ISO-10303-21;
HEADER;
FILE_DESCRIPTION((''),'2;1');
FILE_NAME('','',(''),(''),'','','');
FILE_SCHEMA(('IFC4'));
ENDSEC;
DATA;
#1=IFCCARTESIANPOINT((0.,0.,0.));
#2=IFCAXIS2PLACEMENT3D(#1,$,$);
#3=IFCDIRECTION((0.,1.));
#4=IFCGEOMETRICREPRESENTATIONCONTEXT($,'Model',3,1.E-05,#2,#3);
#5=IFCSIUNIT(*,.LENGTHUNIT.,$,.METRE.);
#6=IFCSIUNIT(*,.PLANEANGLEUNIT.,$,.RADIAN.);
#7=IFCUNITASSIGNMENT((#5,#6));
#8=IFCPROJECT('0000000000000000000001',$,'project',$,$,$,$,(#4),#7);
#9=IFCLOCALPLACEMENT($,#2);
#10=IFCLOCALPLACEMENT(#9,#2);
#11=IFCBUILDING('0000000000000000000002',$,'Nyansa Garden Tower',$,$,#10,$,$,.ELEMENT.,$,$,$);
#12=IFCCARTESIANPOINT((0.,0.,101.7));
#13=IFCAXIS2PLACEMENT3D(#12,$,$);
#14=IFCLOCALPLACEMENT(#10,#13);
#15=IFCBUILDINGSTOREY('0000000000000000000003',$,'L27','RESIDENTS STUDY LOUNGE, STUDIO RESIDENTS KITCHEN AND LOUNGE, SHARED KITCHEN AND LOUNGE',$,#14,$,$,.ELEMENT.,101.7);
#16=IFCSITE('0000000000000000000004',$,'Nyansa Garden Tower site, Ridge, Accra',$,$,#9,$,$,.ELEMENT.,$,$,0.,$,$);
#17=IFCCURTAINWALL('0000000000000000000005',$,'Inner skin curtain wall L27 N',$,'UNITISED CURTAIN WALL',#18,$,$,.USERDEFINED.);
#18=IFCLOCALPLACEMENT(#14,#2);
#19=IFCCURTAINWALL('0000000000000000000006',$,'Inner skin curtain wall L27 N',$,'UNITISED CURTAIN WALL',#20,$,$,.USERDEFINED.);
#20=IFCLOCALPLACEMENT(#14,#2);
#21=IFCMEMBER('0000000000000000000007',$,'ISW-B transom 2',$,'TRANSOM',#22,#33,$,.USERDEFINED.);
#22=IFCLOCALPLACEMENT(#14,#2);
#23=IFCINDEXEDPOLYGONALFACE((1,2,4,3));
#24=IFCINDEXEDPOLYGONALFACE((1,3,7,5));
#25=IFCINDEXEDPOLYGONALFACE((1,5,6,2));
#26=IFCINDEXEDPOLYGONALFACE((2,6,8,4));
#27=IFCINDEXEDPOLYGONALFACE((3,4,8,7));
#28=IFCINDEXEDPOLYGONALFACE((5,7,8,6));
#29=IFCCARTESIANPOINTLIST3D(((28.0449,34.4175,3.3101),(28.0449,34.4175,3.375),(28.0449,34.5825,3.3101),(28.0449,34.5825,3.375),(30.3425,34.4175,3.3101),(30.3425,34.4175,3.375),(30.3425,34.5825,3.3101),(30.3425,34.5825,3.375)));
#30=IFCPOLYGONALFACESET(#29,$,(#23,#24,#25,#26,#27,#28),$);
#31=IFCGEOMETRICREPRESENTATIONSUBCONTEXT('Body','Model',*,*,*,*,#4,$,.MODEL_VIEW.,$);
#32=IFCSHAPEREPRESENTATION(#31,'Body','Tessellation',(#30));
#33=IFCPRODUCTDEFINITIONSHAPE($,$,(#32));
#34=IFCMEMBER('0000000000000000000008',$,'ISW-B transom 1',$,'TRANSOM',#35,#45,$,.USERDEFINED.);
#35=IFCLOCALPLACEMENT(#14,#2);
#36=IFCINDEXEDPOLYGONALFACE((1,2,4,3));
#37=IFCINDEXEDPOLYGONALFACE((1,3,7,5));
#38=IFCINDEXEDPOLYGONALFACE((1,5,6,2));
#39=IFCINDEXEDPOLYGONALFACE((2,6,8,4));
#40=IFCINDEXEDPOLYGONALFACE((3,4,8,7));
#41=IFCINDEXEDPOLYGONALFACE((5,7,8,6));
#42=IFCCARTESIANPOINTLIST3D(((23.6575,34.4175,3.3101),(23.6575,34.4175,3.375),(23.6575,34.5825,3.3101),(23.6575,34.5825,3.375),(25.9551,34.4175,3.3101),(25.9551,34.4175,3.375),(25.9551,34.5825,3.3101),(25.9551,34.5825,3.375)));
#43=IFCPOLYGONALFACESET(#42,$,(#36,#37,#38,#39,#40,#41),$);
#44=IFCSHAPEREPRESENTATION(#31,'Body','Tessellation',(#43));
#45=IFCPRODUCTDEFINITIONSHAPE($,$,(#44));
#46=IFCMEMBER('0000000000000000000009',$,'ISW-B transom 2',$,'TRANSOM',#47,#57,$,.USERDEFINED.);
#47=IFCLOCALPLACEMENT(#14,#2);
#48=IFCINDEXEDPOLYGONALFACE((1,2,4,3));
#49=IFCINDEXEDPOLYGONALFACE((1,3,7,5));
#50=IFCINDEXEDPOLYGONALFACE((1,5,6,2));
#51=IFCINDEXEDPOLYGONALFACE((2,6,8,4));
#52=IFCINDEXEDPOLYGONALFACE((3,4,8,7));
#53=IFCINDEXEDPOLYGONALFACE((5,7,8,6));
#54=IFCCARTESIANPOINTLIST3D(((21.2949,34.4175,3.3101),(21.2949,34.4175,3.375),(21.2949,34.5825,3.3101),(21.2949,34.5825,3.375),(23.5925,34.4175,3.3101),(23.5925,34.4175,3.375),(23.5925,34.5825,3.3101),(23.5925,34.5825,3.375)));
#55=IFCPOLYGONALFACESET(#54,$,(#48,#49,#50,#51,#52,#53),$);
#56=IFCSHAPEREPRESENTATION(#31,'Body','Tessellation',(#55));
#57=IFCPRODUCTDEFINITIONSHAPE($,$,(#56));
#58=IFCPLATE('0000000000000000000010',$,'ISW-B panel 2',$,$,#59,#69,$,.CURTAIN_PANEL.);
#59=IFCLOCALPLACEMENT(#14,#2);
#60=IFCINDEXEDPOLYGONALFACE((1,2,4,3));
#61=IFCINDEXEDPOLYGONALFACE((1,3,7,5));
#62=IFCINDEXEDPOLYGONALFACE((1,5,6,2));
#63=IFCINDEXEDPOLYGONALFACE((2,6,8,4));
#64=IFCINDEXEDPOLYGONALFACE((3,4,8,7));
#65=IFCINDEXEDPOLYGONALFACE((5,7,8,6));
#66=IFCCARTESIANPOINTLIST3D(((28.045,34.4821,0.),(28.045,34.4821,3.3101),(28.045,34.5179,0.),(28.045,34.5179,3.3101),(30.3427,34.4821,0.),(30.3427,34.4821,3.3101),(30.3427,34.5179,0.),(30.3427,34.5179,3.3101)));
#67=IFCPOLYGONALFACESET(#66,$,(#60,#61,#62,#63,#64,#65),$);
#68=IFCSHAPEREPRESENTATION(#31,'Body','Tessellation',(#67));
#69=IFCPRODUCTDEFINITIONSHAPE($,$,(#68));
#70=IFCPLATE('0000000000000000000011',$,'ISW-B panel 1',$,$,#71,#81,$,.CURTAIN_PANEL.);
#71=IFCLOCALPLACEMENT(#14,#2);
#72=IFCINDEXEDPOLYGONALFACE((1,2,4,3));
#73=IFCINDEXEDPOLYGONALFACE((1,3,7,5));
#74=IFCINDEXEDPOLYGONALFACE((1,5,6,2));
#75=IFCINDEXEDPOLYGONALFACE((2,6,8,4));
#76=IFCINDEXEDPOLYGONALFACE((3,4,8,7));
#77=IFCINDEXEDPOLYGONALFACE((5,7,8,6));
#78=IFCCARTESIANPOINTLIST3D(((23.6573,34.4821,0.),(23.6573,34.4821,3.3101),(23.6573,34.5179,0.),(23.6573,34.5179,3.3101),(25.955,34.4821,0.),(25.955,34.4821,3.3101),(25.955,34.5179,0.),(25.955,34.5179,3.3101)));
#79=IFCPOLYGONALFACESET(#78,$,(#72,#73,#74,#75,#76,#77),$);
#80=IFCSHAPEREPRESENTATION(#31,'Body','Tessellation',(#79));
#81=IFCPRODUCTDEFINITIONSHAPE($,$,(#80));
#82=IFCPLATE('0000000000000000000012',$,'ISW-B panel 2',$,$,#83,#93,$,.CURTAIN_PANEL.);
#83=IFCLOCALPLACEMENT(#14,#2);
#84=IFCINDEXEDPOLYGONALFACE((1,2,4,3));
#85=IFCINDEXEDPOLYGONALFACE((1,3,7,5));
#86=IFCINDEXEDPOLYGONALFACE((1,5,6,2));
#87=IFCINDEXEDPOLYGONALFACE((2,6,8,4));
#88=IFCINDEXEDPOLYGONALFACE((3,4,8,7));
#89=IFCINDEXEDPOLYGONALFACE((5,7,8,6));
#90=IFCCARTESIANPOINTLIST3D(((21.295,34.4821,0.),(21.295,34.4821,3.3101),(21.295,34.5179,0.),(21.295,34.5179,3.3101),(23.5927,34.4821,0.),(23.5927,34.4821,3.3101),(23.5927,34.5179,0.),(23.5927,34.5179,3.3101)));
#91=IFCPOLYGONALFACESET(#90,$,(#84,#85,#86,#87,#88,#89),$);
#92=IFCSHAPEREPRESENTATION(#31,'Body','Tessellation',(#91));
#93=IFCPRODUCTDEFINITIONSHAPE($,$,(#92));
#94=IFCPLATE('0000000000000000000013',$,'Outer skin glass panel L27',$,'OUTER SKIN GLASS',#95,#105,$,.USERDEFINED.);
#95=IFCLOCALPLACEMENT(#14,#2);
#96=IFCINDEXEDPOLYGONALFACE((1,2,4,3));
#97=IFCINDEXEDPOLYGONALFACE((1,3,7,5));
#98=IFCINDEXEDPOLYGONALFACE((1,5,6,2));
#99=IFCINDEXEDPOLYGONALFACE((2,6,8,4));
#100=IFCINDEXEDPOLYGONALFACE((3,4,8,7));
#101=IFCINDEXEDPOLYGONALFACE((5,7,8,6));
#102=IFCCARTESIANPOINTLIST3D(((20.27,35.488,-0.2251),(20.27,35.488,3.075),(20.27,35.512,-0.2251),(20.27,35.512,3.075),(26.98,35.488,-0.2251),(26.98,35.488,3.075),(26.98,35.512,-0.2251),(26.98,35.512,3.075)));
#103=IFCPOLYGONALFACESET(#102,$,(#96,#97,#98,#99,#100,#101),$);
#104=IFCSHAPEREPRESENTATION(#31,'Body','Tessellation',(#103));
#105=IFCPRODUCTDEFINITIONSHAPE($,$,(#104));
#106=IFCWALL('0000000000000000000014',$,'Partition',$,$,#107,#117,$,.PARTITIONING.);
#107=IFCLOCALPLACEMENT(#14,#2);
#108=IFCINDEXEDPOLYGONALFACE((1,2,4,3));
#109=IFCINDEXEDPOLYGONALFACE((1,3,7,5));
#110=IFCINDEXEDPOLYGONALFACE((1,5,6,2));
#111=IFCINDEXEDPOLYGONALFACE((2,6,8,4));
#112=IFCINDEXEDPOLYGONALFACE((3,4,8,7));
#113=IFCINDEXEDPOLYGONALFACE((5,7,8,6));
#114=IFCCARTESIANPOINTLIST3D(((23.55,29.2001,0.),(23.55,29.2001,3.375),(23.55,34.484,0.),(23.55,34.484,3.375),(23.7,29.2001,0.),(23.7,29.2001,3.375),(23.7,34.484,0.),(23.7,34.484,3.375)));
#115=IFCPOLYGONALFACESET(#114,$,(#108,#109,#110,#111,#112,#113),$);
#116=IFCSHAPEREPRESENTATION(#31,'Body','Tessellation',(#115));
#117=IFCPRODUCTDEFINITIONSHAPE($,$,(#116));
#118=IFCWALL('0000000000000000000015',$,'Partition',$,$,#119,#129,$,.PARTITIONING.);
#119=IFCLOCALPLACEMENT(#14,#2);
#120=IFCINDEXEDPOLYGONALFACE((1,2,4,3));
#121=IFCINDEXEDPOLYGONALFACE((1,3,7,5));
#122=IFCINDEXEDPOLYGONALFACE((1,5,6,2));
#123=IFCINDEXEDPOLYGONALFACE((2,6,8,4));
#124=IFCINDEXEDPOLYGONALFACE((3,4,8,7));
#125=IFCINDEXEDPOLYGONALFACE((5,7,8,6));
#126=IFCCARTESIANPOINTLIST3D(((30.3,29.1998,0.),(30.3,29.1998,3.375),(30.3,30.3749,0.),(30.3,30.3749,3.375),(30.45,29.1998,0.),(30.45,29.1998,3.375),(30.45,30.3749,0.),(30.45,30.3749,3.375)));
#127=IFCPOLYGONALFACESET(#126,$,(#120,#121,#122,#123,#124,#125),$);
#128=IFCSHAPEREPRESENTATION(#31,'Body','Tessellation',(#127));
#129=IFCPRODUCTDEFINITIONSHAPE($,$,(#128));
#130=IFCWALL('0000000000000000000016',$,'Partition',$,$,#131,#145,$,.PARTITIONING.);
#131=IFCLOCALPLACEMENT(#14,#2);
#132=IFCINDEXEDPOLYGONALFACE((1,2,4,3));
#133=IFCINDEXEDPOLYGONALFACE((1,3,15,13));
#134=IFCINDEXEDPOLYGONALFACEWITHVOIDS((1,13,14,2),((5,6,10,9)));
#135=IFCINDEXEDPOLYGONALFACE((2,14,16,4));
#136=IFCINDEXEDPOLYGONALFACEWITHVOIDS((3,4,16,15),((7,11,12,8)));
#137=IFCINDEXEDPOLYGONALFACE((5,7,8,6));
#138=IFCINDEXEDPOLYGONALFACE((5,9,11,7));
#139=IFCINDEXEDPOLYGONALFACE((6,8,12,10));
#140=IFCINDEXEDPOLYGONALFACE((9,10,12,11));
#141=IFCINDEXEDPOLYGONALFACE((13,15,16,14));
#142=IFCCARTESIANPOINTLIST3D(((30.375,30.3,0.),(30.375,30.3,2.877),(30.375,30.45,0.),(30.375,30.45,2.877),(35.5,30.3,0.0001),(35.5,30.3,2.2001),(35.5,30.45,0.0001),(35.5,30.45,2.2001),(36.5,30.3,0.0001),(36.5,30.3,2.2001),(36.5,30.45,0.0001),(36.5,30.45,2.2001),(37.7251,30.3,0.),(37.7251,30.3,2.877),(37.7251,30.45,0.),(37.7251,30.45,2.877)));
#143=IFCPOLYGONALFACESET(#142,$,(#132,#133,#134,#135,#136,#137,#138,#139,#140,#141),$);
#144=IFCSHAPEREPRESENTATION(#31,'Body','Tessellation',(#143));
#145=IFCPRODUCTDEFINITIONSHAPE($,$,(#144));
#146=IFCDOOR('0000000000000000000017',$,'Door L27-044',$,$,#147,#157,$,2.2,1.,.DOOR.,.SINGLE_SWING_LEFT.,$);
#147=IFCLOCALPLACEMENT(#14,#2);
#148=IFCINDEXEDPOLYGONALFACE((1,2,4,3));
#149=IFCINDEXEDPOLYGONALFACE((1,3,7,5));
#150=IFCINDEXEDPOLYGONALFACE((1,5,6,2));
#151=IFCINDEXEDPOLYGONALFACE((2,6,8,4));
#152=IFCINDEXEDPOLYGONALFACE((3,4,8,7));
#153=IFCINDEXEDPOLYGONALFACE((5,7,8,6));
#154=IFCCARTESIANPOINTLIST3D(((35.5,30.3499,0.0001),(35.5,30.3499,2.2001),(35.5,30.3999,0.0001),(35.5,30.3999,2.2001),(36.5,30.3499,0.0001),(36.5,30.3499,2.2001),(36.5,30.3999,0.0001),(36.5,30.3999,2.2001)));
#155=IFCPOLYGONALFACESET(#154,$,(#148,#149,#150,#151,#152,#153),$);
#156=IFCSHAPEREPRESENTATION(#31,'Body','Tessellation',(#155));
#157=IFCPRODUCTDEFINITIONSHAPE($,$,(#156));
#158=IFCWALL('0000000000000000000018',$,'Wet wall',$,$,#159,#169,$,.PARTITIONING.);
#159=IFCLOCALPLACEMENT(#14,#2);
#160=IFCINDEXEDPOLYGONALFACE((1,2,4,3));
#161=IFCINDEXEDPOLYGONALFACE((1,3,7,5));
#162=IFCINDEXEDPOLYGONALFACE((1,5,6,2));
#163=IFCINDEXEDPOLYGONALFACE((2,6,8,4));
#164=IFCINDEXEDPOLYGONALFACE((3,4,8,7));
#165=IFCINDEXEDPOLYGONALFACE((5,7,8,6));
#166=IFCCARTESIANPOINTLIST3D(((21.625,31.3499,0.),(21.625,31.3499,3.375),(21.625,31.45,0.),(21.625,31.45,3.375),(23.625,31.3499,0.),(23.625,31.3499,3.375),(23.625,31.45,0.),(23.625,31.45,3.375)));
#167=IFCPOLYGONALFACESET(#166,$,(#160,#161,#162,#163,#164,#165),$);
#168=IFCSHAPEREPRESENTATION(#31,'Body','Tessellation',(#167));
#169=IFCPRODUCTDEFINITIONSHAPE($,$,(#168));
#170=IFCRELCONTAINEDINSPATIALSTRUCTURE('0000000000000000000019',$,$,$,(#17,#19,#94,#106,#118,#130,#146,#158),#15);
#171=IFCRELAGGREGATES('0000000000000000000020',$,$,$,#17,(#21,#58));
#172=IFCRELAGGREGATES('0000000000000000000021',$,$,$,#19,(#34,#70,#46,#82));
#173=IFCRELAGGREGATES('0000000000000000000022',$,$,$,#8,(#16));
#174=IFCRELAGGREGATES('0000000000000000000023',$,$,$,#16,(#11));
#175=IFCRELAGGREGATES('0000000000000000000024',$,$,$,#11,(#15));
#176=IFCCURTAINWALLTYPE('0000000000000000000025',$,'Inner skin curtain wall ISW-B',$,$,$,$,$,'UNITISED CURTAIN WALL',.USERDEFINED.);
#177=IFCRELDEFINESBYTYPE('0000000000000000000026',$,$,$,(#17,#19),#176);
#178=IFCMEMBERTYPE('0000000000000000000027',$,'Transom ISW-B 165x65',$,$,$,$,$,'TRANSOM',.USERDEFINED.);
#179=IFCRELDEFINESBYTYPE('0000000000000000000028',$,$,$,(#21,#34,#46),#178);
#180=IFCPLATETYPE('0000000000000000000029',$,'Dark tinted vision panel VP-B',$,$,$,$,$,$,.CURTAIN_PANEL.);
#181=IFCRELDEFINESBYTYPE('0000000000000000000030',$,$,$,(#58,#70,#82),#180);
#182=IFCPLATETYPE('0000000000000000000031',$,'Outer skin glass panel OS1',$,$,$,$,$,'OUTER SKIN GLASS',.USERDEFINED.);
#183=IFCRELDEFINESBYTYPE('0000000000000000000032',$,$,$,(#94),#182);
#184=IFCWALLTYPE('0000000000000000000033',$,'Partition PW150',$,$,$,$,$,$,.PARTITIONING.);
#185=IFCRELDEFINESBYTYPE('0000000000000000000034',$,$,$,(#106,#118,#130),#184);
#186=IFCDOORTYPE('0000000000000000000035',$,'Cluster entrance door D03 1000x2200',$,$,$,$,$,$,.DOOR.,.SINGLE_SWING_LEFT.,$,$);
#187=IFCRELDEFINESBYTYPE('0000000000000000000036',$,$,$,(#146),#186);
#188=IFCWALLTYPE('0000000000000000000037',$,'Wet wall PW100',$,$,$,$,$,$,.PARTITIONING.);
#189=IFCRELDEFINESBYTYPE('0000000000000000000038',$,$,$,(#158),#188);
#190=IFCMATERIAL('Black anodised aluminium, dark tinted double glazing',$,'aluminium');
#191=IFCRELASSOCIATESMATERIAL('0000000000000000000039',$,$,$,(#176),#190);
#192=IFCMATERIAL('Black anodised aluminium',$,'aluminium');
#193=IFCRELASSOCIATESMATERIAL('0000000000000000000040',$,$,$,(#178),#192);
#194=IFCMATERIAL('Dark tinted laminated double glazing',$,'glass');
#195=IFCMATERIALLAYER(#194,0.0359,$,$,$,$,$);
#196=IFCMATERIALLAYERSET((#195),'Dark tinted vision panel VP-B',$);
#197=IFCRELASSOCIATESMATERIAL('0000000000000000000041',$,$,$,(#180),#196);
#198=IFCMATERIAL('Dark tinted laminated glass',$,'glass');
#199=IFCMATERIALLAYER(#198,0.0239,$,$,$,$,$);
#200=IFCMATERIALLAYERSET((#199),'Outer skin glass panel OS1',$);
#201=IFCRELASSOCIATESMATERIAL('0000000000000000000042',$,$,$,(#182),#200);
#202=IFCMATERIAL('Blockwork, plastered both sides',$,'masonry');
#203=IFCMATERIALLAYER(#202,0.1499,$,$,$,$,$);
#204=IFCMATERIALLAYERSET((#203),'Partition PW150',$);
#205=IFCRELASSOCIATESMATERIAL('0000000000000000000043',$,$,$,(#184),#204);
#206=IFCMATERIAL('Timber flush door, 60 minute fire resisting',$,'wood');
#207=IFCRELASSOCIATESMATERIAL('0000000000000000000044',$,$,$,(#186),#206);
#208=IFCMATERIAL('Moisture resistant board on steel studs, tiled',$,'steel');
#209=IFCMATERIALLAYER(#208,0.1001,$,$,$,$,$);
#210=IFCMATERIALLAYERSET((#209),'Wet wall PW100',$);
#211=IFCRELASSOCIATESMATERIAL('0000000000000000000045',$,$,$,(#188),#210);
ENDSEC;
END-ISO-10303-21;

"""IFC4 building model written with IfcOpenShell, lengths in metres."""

from ifc_helpers import new_model, si_unit, direction, frame, frame_2d, origin, origin_2d, place, context, subcontext, project, spatial, rectangle, extrude, material, layer, layer_set, material_profile, profile_set, type_object, element, fill, aggregate, save


model = new_model("IFC4")

# Units and contexts
model_context = context("Model", 3, precision=1e-05, world=origin(), true_north=direction((0.0, 1.0)))
body_context = subcontext(model_context, "Body", "Model", "MODEL_VIEW")
ifc_project = project(units=[si_unit("LENGTHUNIT", "METRE"), si_unit("PLANEANGLEUNIT", "RADIAN")], contexts=[model_context])

# Site, building, storey
site_placement = place(None, origin())
site = spatial("IfcSite", under=ifc_project, at=site_placement, Name="Nyansa Garden Tower site, Ridge, Accra", CompositionType="ELEMENT", RefElevation=0.0)
building_placement = place(site_placement, origin())
building = spatial("IfcBuilding", under=site, at=building_placement, Name="Nyansa Garden Tower", CompositionType="ELEMENT")
storey_placement = place(building_placement, frame((0.0, 0.0, 101.7)))
storey = spatial("IfcBuildingStorey", under=building, at=storey_placement, Name="L27", Description="RESIDENTS STUDY LOUNGE, STUDIO RESIDENTS KITCHEN AND LOUNGE, SHARED KITCHEN AND LOUNGE", CompositionType="ELEMENT", Elevation=101.7)

# Curtain walls
ifc_material_1 = material(Name="Black anodised aluminium, dark tinted double glazing", Category="aluminium")
curtain_wall_type = type_object("IfcCurtainWallType", Name="Inner skin curtain wall ISW-B", ElementType="UNITISED CURTAIN WALL", PredefinedType="USERDEFINED", material=ifc_material_1)
curtain_wall_1_placement = place(storey_placement, origin())
curtain_wall_1 = element("IfcCurtainWall", 1, at=curtain_wall_1_placement, inside=storey, type_object=curtain_wall_type, Name="Inner skin curtain wall L27 N", ObjectType="UNITISED CURTAIN WALL", PredefinedType="USERDEFINED")
curtain_wall_2_placement = place(storey_placement, origin())
curtain_wall_2 = element("IfcCurtainWall", 2, at=curtain_wall_2_placement, inside=storey, type_object=curtain_wall_type, Name="Inner skin curtain wall L27 N", ObjectType="UNITISED CURTAIN WALL", PredefinedType="USERDEFINED")

# Members
ifc_material_2 = material(Name="Black anodised aluminium", Category="aluminium")
ifc_material_profile_1 = material_profile(ifc_material_2, rectangle(XDim=0.165, YDim=0.0649, at=origin_2d()), Name="Transom 165x65")
ifc_profile_set_1 = profile_set([ifc_material_profile_1], Name="Black anodised aluminium")
member_type_1 = type_object("IfcMemberType", Name="Transom ISW-B 165x65", ElementType="TRANSOM", PredefinedType="USERDEFINED", material=ifc_profile_set_1)
member_1_placement = place(storey_placement, frame((30.3425, 34.5, 3.3425), z_axis=(-1.0, 0.0, 0.0), x_axis=(0.0, -1.0, 0.0)))
member_1 = element("IfcMember", 3, at=member_1_placement, type_object=member_type_1, Name="ISW-B transom 2", ObjectType="TRANSOM", PredefinedType="USERDEFINED", context=body_context, shape_type="SweptSolid", body=[
    extrude(rectangle(XDim=0.165, YDim=0.0649, at=origin_2d()), origin(), (0.0, 0.0, 1.0), 2.2976),
])
member_2_placement = place(storey_placement, frame((25.9551, 34.5, 3.3425), z_axis=(-1.0, 0.0, 0.0), x_axis=(0.0, -1.0, 0.0)))
member_2 = element("IfcMember", 4, at=member_2_placement, type_object=member_type_1, Name="ISW-B transom 1", ObjectType="TRANSOM", PredefinedType="USERDEFINED", context=body_context, shape_type="SweptSolid", body=[
    extrude(rectangle(XDim=0.165, YDim=0.0649, at=origin_2d()), origin(), (0.0, 0.0, 1.0), 2.2976),
])
member_3_placement = place(storey_placement, frame((23.5925, 34.5, 3.3425), z_axis=(-1.0, 0.0, 0.0), x_axis=(0.0, -1.0, 0.0)))
member_3 = element("IfcMember", 5, at=member_3_placement, type_object=member_type_1, Name="ISW-B transom 2", ObjectType="TRANSOM", PredefinedType="USERDEFINED", context=body_context, shape_type="SweptSolid", body=[
    extrude(rectangle(XDim=0.165, YDim=0.0649, at=origin_2d()), origin(), (0.0, 0.0, 1.0), 2.2976),
])

# Plates
ifc_material_3 = material(Name="Dark tinted laminated double glazing", Category="glass")
ifc_layer_1 = layer(ifc_material_3, 0.0359)
ifc_layer_set_1 = layer_set([ifc_layer_1], Name="Dark tinted vision panel VP-B")
plate_type_1 = type_object("IfcPlateType", Name="Dark tinted vision panel VP-B", PredefinedType="CURTAIN_PANEL", material=ifc_layer_set_1)
plate_1_placement = place(storey_placement, frame((29.1938, 34.5, 0.0), z_axis=(0.0, 0.0, 1.0), x_axis=(-1.0, 0.0, 0.0)))
plate_1 = element("IfcPlate", 6, at=plate_1_placement, type_object=plate_type_1, Name="ISW-B panel 2", PredefinedType="CURTAIN_PANEL", context=body_context, shape_type="SweptSolid", body=[
    extrude(rectangle(XDim=2.2976, YDim=0.0359, at=origin_2d()), origin(), (0.0, 0.0, 1.0), 3.3101),
])
aggregate(curtain_wall_1, [member_1, plate_1])
plate_2_placement = place(storey_placement, frame((24.8062, 34.5, 0.0), z_axis=(0.0, 0.0, 1.0), x_axis=(-1.0, 0.0, 0.0)))
plate_2 = element("IfcPlate", 7, at=plate_2_placement, type_object=plate_type_1, Name="ISW-B panel 1", PredefinedType="CURTAIN_PANEL", context=body_context, shape_type="SweptSolid", body=[
    extrude(rectangle(XDim=2.2976, YDim=0.0359, at=origin_2d()), origin(), (0.0, 0.0, 1.0), 3.3101),
])
plate_3_placement = place(storey_placement, frame((22.4438, 34.5, 0.0), z_axis=(0.0, 0.0, 1.0), x_axis=(-1.0, 0.0, 0.0)))
plate_3 = element("IfcPlate", 8, at=plate_3_placement, type_object=plate_type_1, Name="ISW-B panel 2", PredefinedType="CURTAIN_PANEL", context=body_context, shape_type="SweptSolid", body=[
    extrude(rectangle(XDim=2.2976, YDim=0.0359, at=origin_2d()), origin(), (0.0, 0.0, 1.0), 3.3101),
])
aggregate(curtain_wall_2, [member_2, plate_2, member_3, plate_3])
ifc_material_4 = material(Name="Dark tinted laminated glass", Category="glass")
ifc_layer_2 = layer(ifc_material_4, 0.0239)
ifc_layer_set_2 = layer_set([ifc_layer_2], Name="Outer skin glass panel OS1")
plate_type_2 = type_object("IfcPlateType", Name="Outer skin glass panel OS1", ElementType="OUTER SKIN GLASS", PredefinedType="USERDEFINED", material=ifc_layer_set_2)
plate_4_placement = place(storey_placement, frame((23.625, 35.5, -0.2251), z_axis=(0.0, 0.0, 1.0), x_axis=(1.0, 0.0, 0.0)))
element("IfcPlate", 9, at=plate_4_placement, inside=storey, type_object=plate_type_2, Name="Outer skin glass panel L27", ObjectType="OUTER SKIN GLASS", PredefinedType="USERDEFINED", context=body_context, shape_type="SweptSolid", body=[
    extrude(rectangle(XDim=6.71, YDim=0.0239, at=origin_2d()), origin(), (0.0, 0.0, 1.0), 3.3),
])

# Walls
ifc_material_5 = material(Name="Blockwork, plastered both sides", Category="masonry")
ifc_layer_3 = layer(ifc_material_5, 0.1499)
ifc_layer_set_3 = layer_set([ifc_layer_3], Name="Partition PW150")
wall_type_1 = type_object("IfcWallType", Name="Partition PW150", PredefinedType="PARTITIONING", material=ifc_layer_set_3)
wall_1_placement = place(storey_placement, frame((23.625, 29.2, 0.0), z_axis=(0.0, 0.0, 1.0), x_axis=(0.0, 1.0, 0.0)))
element("IfcWall", 10, at=wall_1_placement, inside=storey, type_object=wall_type_1, Name="Partition", PredefinedType="PARTITIONING", context=body_context, shape_type="SweptSolid", body=[
    extrude(rectangle(XDim=5.2839, YDim=0.1499, at=frame_2d((2.6421, 0.0))), origin(), (0.0, 0.0, 1.0), 3.375),
])
wall_2_placement = place(storey_placement, frame((30.375, 29.2, 0.0), z_axis=(0.0, 0.0, 1.0), x_axis=(0.0, 1.0, 0.0)))
element("IfcWall", 11, at=wall_2_placement, inside=storey, type_object=wall_type_1, Name="Partition", PredefinedType="PARTITIONING", context=body_context, shape_type="SweptSolid", body=[
    extrude(rectangle(XDim=1.175, YDim=0.1499, at=frame_2d((0.5874, 0.0))), origin(), (0.0, 0.0, 1.0), 3.375),
])

# Wall, opening, door
wall_3_placement = place(storey_placement, frame((30.375, 30.375, 0.0), z_axis=(0.0, 0.0, 1.0), x_axis=(1.0, 0.0, 0.0)))
wall_3 = element("IfcWall", 12, at=wall_3_placement, inside=storey, type_object=wall_type_1, Name="Partition", PredefinedType="PARTITIONING", context=body_context, shape_type="SweptSolid", body=[
    extrude(rectangle(XDim=7.3501, YDim=0.1499, at=frame_2d((3.675, 0.0))), origin(), (0.0, 0.0, 1.0), 2.877),
])
opening_placement = place(wall_3_placement, frame((5.125, 0.0, 0.0)))
opening = element("IfcOpeningElement", 13, at=opening_placement, cuts=wall_3, PredefinedType="OPENING", context=body_context, shape_type="SweptSolid", body=[
    extrude(rectangle(XDim=1.0, YDim=2.2, at=frame_2d((0.5, 1.1001))), frame((0.0, 0.085, 0.0), z_axis=(0.0, -1.0, 0.0), x_axis=(1.0, 0.0, 0.0)), (0.0, 0.0, 1.0), 0.1699),
])
ifc_material_6 = material(Name="Timber flush door, 60 minute fire resisting", Category="wood")
door_type = type_object("IfcDoorType", Name="Cluster entrance door D03 1000x2200", OperationType="SINGLE_SWING_LEFT", PredefinedType="DOOR", material=ifc_material_6)
door_placement = place(opening_placement, origin())
door = element("IfcDoor", 14, at=door_placement, inside=storey, type_object=door_type, Name="Door L27-044", OperationType="SINGLE_SWING_LEFT", OverallHeight=2.2, OverallWidth=1.0, PredefinedType="DOOR", context=body_context, shape_type="SweptSolid", body=[
    extrude(rectangle(XDim=1.0, YDim=2.2, at=frame_2d((0.5, 1.1001))), frame((0.0, 0.0249, 0.0), z_axis=(0.0, -1.0, 0.0), x_axis=(1.0, 0.0, 0.0)), (0.0, 0.0, 1.0), 0.05),
])
fill(opening, door)

# Wall
ifc_material_7 = material(Name="Moisture resistant board on steel studs, tiled", Category="steel")
ifc_layer_4 = layer(ifc_material_7, 0.1001)
ifc_layer_set_4 = layer_set([ifc_layer_4], Name="Wet wall PW100")
wall_type_2 = type_object("IfcWallType", Name="Wet wall PW100", PredefinedType="PARTITIONING", material=ifc_layer_set_4)
wall_4_placement = place(storey_placement, frame((21.625, 31.3999, 0.0), z_axis=(0.0, 0.0, 1.0), x_axis=(1.0, 0.0, 0.0)))
element("IfcWall", 15, at=wall_4_placement, inside=storey, type_object=wall_type_2, Name="Wet wall", PredefinedType="PARTITIONING", context=body_context, shape_type="SweptSolid", body=[
    extrude(rectangle(XDim=2.0, YDim=0.1001, at=frame_2d((1.0, 0.0))), origin(), (0.0, 0.0, 1.0), 3.375),
])

save(model, "model.ifc")
